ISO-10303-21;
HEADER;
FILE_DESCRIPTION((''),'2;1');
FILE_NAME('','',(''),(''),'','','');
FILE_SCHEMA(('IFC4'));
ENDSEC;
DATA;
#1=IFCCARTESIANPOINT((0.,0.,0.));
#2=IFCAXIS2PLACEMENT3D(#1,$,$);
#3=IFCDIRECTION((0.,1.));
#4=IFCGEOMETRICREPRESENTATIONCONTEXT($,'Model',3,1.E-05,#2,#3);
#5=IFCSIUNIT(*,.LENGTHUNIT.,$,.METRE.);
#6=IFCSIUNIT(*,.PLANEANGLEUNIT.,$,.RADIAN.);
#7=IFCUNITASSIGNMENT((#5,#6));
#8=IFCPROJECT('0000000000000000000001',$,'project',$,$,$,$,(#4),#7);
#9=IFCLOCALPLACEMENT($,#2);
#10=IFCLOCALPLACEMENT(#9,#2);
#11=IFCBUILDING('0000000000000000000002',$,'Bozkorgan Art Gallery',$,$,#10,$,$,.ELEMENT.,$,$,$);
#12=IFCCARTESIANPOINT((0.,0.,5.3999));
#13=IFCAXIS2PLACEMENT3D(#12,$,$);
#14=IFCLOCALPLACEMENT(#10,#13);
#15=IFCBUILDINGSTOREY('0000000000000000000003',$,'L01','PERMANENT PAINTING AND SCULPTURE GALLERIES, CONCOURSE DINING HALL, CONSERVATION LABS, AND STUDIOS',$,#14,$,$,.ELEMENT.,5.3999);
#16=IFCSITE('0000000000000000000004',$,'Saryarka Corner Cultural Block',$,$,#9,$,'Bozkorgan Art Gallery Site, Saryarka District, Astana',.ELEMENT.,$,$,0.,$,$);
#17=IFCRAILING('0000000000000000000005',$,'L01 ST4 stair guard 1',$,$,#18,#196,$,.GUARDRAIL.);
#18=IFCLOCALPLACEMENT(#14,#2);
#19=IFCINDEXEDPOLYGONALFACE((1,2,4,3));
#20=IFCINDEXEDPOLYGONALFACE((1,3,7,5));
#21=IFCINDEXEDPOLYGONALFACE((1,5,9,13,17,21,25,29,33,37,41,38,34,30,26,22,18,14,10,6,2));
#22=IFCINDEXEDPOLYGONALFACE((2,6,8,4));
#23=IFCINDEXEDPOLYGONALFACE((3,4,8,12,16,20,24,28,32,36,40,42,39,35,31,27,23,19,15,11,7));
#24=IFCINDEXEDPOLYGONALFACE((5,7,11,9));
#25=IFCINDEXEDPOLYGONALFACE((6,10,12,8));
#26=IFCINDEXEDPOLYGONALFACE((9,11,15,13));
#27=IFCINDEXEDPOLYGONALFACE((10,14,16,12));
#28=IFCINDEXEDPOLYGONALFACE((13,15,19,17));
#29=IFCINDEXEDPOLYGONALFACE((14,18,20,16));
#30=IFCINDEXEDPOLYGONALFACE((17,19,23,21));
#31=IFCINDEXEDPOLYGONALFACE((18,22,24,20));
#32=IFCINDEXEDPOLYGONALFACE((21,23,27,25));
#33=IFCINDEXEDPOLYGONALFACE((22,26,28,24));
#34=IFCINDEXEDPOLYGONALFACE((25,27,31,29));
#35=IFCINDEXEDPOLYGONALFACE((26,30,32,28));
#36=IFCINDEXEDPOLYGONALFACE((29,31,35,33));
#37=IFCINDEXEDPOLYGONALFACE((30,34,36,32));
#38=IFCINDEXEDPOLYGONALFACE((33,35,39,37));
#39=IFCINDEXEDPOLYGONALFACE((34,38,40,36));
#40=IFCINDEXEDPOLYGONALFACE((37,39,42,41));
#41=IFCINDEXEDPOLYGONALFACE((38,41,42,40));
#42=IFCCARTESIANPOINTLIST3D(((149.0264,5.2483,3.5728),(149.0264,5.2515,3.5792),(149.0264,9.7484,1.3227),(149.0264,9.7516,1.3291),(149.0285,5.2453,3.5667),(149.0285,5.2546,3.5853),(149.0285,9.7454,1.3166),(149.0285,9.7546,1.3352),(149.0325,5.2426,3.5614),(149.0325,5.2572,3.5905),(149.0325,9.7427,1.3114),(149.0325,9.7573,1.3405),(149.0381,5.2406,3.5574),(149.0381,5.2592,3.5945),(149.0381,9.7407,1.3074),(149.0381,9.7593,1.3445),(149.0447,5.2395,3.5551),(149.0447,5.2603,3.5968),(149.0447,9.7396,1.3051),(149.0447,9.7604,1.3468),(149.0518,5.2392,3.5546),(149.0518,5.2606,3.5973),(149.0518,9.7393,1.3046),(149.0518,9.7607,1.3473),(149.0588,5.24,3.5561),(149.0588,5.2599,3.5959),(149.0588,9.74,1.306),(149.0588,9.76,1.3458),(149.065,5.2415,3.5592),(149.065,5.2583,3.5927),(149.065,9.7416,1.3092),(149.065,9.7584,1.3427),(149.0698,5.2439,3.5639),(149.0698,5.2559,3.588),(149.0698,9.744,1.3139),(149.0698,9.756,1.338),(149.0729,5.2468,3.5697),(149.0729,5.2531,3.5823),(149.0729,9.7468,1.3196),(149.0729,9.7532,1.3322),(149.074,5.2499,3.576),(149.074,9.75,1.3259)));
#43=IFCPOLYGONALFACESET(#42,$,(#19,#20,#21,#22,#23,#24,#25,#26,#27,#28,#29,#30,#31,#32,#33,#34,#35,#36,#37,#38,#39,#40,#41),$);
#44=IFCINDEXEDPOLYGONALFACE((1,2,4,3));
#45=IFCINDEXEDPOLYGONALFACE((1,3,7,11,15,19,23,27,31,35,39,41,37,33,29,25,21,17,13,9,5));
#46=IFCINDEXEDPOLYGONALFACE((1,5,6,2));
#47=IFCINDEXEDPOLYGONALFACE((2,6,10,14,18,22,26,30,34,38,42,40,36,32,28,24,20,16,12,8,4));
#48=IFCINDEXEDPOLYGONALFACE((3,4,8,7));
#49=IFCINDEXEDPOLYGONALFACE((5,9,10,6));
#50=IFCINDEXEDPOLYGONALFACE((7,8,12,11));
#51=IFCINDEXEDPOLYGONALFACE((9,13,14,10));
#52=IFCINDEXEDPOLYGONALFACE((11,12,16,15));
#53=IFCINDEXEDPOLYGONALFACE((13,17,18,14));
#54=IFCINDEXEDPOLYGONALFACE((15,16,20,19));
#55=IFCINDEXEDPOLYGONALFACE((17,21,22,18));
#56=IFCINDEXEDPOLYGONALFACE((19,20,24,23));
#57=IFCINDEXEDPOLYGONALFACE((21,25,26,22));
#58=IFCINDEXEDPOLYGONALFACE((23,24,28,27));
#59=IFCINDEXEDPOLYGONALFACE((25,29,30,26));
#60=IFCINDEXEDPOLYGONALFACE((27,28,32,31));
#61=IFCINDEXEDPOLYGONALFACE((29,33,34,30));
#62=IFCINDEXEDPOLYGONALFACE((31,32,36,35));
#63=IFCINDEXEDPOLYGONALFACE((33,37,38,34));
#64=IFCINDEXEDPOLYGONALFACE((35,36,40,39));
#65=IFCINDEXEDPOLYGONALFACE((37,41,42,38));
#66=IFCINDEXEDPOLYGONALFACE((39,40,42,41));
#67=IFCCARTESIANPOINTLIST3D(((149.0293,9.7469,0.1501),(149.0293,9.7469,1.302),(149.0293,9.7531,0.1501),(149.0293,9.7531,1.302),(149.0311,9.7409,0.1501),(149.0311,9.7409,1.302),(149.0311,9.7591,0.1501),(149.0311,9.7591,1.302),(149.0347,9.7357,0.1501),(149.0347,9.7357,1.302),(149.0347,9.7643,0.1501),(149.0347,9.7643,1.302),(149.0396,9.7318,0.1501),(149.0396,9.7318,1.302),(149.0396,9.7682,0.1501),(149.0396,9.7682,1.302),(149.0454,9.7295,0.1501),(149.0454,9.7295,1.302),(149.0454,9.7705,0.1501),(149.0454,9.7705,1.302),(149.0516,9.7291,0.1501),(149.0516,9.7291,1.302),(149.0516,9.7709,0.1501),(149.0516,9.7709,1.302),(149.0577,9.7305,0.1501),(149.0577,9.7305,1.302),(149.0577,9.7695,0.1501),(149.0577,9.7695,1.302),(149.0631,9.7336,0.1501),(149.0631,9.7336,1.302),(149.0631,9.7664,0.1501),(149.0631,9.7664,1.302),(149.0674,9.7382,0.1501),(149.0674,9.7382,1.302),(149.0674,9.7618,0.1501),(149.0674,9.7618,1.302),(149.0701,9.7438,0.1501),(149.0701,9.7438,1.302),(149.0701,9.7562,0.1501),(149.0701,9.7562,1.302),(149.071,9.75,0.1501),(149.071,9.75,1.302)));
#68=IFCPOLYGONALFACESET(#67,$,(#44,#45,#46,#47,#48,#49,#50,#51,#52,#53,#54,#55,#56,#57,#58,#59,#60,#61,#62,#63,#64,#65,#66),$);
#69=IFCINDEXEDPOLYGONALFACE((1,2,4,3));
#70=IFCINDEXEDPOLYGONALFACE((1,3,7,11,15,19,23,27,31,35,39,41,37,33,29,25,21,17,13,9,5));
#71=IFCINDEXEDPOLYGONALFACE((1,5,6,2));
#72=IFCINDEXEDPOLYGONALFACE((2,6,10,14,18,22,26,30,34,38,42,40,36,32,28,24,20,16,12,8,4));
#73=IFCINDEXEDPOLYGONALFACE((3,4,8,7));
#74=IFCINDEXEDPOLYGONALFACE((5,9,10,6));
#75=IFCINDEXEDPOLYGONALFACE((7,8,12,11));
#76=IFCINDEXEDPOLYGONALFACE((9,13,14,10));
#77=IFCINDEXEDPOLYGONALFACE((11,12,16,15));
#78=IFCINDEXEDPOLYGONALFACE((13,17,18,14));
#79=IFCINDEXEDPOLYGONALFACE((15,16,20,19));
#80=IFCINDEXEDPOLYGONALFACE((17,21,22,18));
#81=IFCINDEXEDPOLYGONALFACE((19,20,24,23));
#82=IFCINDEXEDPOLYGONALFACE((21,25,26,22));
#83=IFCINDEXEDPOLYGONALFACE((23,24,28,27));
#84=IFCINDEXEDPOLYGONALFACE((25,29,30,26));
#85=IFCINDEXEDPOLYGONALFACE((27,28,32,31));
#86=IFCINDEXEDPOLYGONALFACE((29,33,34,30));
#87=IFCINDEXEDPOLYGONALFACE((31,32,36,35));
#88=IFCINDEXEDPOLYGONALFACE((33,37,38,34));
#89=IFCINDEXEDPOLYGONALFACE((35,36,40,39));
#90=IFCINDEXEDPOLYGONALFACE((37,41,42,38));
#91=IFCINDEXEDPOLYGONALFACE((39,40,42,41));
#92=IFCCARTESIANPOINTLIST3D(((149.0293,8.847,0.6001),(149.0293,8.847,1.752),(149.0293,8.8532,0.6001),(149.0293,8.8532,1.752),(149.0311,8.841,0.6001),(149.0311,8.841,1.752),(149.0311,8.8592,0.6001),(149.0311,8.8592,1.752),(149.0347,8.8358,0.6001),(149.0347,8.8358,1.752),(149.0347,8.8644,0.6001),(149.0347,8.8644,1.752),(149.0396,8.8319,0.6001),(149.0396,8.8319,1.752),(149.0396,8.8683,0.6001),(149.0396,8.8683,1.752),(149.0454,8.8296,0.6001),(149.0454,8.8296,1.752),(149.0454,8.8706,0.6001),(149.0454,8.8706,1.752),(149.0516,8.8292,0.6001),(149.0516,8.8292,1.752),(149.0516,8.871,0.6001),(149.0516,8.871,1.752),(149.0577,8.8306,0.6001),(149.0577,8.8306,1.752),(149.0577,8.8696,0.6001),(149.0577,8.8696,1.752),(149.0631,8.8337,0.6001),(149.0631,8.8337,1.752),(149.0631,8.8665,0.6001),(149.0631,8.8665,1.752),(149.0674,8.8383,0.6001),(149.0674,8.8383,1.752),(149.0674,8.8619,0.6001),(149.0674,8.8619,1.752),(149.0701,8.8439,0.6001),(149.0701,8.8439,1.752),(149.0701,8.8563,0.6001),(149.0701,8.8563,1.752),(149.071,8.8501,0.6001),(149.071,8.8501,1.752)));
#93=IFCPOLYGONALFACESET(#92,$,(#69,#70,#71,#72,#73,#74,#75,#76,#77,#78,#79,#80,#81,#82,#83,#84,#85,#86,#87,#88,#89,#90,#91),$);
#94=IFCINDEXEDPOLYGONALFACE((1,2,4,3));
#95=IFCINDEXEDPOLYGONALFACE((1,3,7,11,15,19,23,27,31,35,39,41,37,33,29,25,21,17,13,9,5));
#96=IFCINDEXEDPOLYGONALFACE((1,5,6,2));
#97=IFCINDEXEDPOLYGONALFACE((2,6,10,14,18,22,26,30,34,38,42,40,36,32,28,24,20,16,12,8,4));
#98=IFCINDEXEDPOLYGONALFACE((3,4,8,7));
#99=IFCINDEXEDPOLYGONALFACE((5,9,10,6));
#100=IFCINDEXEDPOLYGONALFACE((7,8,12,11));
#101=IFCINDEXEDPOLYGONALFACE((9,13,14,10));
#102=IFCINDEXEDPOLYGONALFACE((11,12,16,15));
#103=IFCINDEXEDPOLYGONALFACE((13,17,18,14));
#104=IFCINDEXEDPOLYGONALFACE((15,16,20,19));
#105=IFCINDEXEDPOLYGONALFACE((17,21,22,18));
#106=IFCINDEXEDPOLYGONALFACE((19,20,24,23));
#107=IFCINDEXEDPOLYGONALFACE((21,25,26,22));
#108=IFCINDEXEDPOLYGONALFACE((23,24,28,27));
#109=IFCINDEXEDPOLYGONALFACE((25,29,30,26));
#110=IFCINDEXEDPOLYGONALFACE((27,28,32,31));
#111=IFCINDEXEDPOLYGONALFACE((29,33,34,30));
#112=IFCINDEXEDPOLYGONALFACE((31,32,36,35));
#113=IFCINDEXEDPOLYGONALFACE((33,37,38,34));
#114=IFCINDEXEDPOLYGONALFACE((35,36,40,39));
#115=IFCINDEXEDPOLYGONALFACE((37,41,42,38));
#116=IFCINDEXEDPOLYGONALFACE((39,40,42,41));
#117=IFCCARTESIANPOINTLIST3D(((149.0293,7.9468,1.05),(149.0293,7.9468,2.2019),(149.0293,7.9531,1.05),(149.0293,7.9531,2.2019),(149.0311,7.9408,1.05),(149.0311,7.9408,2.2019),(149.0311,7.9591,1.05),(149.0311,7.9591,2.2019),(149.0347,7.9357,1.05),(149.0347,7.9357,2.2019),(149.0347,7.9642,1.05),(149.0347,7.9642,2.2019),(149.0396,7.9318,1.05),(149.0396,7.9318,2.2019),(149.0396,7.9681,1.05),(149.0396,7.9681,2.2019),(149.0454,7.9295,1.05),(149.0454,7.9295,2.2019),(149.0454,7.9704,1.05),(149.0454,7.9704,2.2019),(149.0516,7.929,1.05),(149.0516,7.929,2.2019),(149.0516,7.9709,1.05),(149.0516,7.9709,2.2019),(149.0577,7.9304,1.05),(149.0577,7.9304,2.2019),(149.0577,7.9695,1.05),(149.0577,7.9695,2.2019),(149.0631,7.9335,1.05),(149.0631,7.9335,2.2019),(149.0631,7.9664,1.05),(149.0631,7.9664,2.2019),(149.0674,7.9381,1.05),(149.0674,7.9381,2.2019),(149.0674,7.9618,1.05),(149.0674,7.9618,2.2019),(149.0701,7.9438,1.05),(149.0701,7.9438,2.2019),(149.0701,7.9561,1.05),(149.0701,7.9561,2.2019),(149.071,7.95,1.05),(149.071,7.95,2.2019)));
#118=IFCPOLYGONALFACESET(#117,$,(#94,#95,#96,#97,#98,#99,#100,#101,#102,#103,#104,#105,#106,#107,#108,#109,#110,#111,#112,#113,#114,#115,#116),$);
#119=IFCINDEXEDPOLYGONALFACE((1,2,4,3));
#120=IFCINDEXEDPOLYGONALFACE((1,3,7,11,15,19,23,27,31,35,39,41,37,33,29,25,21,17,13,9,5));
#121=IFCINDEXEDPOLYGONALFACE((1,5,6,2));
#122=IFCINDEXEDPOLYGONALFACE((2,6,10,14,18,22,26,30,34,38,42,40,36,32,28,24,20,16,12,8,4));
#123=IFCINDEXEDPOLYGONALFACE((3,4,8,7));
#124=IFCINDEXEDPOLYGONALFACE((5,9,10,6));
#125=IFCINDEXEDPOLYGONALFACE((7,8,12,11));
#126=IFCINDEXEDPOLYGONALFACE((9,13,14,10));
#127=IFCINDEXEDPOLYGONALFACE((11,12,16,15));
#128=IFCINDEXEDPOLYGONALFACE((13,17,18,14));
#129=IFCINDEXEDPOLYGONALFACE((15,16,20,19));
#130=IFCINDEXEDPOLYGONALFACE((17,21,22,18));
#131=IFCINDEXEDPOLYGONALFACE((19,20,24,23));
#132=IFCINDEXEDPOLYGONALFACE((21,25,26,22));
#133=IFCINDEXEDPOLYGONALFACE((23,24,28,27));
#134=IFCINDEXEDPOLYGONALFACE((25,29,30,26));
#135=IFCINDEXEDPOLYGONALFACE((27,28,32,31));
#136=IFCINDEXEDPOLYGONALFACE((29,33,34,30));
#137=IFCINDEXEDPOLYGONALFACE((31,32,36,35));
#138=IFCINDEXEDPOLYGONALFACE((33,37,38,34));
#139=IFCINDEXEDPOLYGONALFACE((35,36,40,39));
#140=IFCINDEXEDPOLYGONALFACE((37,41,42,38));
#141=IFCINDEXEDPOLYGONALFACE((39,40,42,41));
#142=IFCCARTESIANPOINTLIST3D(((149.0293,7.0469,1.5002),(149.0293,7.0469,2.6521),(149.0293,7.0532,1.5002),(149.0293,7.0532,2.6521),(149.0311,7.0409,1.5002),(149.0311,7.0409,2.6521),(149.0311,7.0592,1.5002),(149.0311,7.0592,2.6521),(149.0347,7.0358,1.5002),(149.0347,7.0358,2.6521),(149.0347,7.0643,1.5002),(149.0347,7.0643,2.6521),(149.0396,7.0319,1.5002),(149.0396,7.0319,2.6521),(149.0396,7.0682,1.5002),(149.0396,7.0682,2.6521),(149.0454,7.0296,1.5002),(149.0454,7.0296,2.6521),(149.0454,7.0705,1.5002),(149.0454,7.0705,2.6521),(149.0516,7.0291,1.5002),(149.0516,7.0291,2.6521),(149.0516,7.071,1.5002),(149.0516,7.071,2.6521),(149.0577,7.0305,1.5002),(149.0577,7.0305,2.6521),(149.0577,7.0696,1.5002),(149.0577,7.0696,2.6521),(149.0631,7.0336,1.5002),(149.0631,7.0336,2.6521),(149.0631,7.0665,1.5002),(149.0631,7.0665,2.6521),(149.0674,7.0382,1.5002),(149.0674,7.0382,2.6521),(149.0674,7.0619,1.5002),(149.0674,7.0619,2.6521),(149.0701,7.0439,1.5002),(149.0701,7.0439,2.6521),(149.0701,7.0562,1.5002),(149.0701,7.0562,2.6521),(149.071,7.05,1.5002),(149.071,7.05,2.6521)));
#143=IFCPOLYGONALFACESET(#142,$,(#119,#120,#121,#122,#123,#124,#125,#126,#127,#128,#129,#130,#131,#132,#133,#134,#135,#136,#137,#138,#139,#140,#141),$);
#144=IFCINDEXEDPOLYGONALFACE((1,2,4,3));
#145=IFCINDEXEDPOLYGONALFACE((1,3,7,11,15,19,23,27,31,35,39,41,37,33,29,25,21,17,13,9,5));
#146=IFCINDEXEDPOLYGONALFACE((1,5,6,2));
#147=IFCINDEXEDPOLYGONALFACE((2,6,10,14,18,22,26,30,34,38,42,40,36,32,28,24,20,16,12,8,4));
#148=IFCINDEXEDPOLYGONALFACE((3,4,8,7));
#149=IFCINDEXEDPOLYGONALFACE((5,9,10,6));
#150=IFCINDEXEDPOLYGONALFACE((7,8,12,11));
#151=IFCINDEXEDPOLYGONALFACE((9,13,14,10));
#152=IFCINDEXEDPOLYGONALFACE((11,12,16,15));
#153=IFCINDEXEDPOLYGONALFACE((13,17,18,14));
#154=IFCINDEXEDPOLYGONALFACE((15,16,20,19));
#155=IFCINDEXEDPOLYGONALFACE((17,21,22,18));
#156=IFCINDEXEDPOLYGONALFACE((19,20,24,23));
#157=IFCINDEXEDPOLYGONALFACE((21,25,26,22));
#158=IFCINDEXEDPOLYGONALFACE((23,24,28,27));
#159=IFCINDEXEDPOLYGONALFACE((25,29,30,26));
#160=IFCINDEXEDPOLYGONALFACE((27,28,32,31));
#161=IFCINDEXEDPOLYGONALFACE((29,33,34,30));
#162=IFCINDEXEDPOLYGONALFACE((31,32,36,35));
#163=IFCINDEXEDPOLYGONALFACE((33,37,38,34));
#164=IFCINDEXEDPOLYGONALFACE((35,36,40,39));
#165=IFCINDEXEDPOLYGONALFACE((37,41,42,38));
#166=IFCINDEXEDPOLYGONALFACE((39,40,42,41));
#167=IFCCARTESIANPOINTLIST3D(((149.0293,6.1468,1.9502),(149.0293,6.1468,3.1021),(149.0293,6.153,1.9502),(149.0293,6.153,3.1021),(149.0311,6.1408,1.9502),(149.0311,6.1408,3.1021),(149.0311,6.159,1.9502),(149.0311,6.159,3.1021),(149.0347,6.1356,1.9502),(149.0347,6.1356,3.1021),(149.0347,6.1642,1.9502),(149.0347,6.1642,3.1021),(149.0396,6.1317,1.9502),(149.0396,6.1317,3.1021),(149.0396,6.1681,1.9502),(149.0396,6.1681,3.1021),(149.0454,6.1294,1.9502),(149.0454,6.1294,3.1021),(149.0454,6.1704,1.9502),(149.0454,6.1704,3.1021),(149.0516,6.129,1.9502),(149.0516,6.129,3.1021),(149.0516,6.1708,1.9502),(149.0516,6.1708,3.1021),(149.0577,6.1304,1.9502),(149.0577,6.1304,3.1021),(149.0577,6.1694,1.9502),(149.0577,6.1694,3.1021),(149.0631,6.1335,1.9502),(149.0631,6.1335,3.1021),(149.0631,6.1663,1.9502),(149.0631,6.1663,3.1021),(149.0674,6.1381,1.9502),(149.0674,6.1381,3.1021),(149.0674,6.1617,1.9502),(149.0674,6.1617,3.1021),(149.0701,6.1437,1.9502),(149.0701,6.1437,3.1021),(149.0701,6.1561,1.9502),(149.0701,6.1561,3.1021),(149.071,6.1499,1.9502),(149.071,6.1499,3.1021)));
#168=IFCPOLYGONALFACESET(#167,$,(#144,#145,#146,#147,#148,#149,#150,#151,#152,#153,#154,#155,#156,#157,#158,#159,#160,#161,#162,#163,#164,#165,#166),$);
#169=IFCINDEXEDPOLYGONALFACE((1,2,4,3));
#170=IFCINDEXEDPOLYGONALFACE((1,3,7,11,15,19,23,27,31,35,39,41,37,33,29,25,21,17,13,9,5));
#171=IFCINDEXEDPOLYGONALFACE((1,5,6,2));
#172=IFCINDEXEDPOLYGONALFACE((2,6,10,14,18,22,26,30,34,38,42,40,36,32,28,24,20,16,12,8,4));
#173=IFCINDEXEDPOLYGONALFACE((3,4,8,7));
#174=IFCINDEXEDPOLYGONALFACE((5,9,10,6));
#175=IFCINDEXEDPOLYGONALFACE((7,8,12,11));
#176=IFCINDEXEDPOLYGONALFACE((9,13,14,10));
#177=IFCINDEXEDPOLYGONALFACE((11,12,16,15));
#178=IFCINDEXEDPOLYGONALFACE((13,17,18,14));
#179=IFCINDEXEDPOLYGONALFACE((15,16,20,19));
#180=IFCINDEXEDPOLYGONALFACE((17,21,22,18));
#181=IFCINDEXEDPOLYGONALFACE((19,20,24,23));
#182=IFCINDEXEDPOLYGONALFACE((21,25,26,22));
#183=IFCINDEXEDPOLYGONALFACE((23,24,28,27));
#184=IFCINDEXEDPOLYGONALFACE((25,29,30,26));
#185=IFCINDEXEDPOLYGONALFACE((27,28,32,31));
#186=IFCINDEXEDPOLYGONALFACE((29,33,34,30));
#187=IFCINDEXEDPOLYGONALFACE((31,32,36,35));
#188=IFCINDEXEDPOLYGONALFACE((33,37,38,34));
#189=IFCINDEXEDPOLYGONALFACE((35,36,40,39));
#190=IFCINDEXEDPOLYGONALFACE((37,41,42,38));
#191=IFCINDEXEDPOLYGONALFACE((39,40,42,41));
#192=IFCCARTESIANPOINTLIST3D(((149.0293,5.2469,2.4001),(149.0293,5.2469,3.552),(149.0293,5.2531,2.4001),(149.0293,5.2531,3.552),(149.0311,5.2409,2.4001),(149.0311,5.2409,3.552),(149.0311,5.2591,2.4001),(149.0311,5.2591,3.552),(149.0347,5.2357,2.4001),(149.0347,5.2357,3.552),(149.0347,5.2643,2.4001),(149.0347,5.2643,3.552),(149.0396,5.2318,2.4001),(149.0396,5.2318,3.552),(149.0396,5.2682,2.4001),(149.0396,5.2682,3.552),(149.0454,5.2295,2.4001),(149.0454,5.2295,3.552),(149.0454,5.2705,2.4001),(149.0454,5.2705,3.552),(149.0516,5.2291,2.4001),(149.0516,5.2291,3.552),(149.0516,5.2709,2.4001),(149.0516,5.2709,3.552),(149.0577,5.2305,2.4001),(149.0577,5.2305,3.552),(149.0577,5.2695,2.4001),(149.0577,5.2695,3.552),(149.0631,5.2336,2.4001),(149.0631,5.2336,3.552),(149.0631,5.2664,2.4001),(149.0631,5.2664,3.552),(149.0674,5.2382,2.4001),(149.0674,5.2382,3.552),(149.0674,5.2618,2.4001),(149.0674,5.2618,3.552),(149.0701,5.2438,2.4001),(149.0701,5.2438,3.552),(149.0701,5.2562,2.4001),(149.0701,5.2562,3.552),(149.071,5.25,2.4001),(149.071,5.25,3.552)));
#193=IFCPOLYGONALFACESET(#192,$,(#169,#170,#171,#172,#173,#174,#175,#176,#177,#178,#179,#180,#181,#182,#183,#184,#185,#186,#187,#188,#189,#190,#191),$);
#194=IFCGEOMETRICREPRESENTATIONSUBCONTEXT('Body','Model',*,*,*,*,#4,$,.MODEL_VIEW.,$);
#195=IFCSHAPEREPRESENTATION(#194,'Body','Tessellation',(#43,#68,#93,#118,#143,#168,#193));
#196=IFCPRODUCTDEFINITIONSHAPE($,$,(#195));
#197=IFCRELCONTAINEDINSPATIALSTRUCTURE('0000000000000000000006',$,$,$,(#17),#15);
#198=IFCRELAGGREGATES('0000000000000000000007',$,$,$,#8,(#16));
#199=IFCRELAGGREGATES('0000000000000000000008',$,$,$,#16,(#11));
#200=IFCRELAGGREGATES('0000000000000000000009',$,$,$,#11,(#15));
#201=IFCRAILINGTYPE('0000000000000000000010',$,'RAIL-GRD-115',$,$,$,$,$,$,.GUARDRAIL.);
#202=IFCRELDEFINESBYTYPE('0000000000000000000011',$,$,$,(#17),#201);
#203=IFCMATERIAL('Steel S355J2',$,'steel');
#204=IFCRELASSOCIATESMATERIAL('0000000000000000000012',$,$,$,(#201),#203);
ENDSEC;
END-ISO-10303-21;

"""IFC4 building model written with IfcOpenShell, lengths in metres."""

from ifc_helpers import new_model, si_unit, direction, frame, origin, origin_2d, place, context, subcontext, project, spatial, circle, extrude, material, type_object, element, save


model = new_model("IFC4")

# Units and contexts
model_context = context("Model", 3, precision=1e-05, world=origin(), true_north=direction((0.0, 1.0)))
body_context = subcontext(model_context, "Body", "Model", "MODEL_VIEW")
ifc_project = project(units=[si_unit("LENGTHUNIT", "METRE"), si_unit("PLANEANGLEUNIT", "RADIAN")], contexts=[model_context])

# Site, building, storey
site_placement = place(None, origin())
site = spatial("IfcSite", under=ifc_project, at=site_placement, Name="Saryarka Corner Cultural Block", LongName="Bozkorgan Art Gallery Site, Saryarka District, Astana", CompositionType="ELEMENT", RefElevation=0.0)
building_placement = place(site_placement, origin())
building = spatial("IfcBuilding", under=site, at=building_placement, Name="Bozkorgan Art Gallery", CompositionType="ELEMENT")
storey_placement = place(building_placement, frame((0.0, 0.0, 5.3999)))
storey = spatial("IfcBuildingStorey", under=building, at=storey_placement, Name="L01", Description="PERMANENT PAINTING AND SCULPTURE GALLERIES, CONCOURSE DINING HALL, CONSERVATION LABS, AND STUDIOS", CompositionType="ELEMENT", Elevation=5.3999)

# Shared definitions
ifc_material_1 = material(Name="Steel S355J2", Category="steel")

# Railing
railing_type_1 = type_object("IfcRailingType", Name="RAIL-GRD-115", PredefinedType="GUARDRAIL", material=ifc_material_1)
railing_1_placement = place(storey_placement, frame((149.05, 9.75, 0.1501)))
element("IfcRailing", 1, at=railing_1_placement, inside=storey, type_object=railing_type_1, Name="L01 ST4 stair guard 1", PredefinedType="GUARDRAIL", context=body_context, shape_type="SweptSolid", body=[
    extrude(circle(Radius=0.0239, at=origin_2d()), frame((0.0, 0.0, 1.1758), z_axis=(0.0, -0.894427, 0.447214), x_axis=(1.0, 0.0, 0.0)), (0.0, 0.0, 1.0), 5.0312),
    extrude(circle(Radius=0.021, at=origin_2d()), origin(), (0.0, 0.0, 1.0), 1.1519),
    extrude(circle(Radius=0.021, at=origin_2d()), frame((0.0, -0.8999, 0.45)), (0.0, 0.0, 1.0), 1.1519),
    extrude(circle(Radius=0.021, at=origin_2d()), frame((0.0, -1.8, 0.8999)), (0.0, 0.0, 1.0), 1.1519),
    extrude(circle(Radius=0.021, at=origin_2d()), frame((0.0, -2.7, 1.3501)), (0.0, 0.0, 1.0), 1.1519),
    extrude(circle(Radius=0.021, at=origin_2d()), frame((0.0, -3.6001, 1.8)), (0.0, 0.0, 1.0), 1.1519),
    extrude(circle(Radius=0.021, at=origin_2d()), frame((0.0, -4.5, 2.25)), (0.0, 0.0, 1.0), 1.1519),
])

save(model, "model.ifc")
